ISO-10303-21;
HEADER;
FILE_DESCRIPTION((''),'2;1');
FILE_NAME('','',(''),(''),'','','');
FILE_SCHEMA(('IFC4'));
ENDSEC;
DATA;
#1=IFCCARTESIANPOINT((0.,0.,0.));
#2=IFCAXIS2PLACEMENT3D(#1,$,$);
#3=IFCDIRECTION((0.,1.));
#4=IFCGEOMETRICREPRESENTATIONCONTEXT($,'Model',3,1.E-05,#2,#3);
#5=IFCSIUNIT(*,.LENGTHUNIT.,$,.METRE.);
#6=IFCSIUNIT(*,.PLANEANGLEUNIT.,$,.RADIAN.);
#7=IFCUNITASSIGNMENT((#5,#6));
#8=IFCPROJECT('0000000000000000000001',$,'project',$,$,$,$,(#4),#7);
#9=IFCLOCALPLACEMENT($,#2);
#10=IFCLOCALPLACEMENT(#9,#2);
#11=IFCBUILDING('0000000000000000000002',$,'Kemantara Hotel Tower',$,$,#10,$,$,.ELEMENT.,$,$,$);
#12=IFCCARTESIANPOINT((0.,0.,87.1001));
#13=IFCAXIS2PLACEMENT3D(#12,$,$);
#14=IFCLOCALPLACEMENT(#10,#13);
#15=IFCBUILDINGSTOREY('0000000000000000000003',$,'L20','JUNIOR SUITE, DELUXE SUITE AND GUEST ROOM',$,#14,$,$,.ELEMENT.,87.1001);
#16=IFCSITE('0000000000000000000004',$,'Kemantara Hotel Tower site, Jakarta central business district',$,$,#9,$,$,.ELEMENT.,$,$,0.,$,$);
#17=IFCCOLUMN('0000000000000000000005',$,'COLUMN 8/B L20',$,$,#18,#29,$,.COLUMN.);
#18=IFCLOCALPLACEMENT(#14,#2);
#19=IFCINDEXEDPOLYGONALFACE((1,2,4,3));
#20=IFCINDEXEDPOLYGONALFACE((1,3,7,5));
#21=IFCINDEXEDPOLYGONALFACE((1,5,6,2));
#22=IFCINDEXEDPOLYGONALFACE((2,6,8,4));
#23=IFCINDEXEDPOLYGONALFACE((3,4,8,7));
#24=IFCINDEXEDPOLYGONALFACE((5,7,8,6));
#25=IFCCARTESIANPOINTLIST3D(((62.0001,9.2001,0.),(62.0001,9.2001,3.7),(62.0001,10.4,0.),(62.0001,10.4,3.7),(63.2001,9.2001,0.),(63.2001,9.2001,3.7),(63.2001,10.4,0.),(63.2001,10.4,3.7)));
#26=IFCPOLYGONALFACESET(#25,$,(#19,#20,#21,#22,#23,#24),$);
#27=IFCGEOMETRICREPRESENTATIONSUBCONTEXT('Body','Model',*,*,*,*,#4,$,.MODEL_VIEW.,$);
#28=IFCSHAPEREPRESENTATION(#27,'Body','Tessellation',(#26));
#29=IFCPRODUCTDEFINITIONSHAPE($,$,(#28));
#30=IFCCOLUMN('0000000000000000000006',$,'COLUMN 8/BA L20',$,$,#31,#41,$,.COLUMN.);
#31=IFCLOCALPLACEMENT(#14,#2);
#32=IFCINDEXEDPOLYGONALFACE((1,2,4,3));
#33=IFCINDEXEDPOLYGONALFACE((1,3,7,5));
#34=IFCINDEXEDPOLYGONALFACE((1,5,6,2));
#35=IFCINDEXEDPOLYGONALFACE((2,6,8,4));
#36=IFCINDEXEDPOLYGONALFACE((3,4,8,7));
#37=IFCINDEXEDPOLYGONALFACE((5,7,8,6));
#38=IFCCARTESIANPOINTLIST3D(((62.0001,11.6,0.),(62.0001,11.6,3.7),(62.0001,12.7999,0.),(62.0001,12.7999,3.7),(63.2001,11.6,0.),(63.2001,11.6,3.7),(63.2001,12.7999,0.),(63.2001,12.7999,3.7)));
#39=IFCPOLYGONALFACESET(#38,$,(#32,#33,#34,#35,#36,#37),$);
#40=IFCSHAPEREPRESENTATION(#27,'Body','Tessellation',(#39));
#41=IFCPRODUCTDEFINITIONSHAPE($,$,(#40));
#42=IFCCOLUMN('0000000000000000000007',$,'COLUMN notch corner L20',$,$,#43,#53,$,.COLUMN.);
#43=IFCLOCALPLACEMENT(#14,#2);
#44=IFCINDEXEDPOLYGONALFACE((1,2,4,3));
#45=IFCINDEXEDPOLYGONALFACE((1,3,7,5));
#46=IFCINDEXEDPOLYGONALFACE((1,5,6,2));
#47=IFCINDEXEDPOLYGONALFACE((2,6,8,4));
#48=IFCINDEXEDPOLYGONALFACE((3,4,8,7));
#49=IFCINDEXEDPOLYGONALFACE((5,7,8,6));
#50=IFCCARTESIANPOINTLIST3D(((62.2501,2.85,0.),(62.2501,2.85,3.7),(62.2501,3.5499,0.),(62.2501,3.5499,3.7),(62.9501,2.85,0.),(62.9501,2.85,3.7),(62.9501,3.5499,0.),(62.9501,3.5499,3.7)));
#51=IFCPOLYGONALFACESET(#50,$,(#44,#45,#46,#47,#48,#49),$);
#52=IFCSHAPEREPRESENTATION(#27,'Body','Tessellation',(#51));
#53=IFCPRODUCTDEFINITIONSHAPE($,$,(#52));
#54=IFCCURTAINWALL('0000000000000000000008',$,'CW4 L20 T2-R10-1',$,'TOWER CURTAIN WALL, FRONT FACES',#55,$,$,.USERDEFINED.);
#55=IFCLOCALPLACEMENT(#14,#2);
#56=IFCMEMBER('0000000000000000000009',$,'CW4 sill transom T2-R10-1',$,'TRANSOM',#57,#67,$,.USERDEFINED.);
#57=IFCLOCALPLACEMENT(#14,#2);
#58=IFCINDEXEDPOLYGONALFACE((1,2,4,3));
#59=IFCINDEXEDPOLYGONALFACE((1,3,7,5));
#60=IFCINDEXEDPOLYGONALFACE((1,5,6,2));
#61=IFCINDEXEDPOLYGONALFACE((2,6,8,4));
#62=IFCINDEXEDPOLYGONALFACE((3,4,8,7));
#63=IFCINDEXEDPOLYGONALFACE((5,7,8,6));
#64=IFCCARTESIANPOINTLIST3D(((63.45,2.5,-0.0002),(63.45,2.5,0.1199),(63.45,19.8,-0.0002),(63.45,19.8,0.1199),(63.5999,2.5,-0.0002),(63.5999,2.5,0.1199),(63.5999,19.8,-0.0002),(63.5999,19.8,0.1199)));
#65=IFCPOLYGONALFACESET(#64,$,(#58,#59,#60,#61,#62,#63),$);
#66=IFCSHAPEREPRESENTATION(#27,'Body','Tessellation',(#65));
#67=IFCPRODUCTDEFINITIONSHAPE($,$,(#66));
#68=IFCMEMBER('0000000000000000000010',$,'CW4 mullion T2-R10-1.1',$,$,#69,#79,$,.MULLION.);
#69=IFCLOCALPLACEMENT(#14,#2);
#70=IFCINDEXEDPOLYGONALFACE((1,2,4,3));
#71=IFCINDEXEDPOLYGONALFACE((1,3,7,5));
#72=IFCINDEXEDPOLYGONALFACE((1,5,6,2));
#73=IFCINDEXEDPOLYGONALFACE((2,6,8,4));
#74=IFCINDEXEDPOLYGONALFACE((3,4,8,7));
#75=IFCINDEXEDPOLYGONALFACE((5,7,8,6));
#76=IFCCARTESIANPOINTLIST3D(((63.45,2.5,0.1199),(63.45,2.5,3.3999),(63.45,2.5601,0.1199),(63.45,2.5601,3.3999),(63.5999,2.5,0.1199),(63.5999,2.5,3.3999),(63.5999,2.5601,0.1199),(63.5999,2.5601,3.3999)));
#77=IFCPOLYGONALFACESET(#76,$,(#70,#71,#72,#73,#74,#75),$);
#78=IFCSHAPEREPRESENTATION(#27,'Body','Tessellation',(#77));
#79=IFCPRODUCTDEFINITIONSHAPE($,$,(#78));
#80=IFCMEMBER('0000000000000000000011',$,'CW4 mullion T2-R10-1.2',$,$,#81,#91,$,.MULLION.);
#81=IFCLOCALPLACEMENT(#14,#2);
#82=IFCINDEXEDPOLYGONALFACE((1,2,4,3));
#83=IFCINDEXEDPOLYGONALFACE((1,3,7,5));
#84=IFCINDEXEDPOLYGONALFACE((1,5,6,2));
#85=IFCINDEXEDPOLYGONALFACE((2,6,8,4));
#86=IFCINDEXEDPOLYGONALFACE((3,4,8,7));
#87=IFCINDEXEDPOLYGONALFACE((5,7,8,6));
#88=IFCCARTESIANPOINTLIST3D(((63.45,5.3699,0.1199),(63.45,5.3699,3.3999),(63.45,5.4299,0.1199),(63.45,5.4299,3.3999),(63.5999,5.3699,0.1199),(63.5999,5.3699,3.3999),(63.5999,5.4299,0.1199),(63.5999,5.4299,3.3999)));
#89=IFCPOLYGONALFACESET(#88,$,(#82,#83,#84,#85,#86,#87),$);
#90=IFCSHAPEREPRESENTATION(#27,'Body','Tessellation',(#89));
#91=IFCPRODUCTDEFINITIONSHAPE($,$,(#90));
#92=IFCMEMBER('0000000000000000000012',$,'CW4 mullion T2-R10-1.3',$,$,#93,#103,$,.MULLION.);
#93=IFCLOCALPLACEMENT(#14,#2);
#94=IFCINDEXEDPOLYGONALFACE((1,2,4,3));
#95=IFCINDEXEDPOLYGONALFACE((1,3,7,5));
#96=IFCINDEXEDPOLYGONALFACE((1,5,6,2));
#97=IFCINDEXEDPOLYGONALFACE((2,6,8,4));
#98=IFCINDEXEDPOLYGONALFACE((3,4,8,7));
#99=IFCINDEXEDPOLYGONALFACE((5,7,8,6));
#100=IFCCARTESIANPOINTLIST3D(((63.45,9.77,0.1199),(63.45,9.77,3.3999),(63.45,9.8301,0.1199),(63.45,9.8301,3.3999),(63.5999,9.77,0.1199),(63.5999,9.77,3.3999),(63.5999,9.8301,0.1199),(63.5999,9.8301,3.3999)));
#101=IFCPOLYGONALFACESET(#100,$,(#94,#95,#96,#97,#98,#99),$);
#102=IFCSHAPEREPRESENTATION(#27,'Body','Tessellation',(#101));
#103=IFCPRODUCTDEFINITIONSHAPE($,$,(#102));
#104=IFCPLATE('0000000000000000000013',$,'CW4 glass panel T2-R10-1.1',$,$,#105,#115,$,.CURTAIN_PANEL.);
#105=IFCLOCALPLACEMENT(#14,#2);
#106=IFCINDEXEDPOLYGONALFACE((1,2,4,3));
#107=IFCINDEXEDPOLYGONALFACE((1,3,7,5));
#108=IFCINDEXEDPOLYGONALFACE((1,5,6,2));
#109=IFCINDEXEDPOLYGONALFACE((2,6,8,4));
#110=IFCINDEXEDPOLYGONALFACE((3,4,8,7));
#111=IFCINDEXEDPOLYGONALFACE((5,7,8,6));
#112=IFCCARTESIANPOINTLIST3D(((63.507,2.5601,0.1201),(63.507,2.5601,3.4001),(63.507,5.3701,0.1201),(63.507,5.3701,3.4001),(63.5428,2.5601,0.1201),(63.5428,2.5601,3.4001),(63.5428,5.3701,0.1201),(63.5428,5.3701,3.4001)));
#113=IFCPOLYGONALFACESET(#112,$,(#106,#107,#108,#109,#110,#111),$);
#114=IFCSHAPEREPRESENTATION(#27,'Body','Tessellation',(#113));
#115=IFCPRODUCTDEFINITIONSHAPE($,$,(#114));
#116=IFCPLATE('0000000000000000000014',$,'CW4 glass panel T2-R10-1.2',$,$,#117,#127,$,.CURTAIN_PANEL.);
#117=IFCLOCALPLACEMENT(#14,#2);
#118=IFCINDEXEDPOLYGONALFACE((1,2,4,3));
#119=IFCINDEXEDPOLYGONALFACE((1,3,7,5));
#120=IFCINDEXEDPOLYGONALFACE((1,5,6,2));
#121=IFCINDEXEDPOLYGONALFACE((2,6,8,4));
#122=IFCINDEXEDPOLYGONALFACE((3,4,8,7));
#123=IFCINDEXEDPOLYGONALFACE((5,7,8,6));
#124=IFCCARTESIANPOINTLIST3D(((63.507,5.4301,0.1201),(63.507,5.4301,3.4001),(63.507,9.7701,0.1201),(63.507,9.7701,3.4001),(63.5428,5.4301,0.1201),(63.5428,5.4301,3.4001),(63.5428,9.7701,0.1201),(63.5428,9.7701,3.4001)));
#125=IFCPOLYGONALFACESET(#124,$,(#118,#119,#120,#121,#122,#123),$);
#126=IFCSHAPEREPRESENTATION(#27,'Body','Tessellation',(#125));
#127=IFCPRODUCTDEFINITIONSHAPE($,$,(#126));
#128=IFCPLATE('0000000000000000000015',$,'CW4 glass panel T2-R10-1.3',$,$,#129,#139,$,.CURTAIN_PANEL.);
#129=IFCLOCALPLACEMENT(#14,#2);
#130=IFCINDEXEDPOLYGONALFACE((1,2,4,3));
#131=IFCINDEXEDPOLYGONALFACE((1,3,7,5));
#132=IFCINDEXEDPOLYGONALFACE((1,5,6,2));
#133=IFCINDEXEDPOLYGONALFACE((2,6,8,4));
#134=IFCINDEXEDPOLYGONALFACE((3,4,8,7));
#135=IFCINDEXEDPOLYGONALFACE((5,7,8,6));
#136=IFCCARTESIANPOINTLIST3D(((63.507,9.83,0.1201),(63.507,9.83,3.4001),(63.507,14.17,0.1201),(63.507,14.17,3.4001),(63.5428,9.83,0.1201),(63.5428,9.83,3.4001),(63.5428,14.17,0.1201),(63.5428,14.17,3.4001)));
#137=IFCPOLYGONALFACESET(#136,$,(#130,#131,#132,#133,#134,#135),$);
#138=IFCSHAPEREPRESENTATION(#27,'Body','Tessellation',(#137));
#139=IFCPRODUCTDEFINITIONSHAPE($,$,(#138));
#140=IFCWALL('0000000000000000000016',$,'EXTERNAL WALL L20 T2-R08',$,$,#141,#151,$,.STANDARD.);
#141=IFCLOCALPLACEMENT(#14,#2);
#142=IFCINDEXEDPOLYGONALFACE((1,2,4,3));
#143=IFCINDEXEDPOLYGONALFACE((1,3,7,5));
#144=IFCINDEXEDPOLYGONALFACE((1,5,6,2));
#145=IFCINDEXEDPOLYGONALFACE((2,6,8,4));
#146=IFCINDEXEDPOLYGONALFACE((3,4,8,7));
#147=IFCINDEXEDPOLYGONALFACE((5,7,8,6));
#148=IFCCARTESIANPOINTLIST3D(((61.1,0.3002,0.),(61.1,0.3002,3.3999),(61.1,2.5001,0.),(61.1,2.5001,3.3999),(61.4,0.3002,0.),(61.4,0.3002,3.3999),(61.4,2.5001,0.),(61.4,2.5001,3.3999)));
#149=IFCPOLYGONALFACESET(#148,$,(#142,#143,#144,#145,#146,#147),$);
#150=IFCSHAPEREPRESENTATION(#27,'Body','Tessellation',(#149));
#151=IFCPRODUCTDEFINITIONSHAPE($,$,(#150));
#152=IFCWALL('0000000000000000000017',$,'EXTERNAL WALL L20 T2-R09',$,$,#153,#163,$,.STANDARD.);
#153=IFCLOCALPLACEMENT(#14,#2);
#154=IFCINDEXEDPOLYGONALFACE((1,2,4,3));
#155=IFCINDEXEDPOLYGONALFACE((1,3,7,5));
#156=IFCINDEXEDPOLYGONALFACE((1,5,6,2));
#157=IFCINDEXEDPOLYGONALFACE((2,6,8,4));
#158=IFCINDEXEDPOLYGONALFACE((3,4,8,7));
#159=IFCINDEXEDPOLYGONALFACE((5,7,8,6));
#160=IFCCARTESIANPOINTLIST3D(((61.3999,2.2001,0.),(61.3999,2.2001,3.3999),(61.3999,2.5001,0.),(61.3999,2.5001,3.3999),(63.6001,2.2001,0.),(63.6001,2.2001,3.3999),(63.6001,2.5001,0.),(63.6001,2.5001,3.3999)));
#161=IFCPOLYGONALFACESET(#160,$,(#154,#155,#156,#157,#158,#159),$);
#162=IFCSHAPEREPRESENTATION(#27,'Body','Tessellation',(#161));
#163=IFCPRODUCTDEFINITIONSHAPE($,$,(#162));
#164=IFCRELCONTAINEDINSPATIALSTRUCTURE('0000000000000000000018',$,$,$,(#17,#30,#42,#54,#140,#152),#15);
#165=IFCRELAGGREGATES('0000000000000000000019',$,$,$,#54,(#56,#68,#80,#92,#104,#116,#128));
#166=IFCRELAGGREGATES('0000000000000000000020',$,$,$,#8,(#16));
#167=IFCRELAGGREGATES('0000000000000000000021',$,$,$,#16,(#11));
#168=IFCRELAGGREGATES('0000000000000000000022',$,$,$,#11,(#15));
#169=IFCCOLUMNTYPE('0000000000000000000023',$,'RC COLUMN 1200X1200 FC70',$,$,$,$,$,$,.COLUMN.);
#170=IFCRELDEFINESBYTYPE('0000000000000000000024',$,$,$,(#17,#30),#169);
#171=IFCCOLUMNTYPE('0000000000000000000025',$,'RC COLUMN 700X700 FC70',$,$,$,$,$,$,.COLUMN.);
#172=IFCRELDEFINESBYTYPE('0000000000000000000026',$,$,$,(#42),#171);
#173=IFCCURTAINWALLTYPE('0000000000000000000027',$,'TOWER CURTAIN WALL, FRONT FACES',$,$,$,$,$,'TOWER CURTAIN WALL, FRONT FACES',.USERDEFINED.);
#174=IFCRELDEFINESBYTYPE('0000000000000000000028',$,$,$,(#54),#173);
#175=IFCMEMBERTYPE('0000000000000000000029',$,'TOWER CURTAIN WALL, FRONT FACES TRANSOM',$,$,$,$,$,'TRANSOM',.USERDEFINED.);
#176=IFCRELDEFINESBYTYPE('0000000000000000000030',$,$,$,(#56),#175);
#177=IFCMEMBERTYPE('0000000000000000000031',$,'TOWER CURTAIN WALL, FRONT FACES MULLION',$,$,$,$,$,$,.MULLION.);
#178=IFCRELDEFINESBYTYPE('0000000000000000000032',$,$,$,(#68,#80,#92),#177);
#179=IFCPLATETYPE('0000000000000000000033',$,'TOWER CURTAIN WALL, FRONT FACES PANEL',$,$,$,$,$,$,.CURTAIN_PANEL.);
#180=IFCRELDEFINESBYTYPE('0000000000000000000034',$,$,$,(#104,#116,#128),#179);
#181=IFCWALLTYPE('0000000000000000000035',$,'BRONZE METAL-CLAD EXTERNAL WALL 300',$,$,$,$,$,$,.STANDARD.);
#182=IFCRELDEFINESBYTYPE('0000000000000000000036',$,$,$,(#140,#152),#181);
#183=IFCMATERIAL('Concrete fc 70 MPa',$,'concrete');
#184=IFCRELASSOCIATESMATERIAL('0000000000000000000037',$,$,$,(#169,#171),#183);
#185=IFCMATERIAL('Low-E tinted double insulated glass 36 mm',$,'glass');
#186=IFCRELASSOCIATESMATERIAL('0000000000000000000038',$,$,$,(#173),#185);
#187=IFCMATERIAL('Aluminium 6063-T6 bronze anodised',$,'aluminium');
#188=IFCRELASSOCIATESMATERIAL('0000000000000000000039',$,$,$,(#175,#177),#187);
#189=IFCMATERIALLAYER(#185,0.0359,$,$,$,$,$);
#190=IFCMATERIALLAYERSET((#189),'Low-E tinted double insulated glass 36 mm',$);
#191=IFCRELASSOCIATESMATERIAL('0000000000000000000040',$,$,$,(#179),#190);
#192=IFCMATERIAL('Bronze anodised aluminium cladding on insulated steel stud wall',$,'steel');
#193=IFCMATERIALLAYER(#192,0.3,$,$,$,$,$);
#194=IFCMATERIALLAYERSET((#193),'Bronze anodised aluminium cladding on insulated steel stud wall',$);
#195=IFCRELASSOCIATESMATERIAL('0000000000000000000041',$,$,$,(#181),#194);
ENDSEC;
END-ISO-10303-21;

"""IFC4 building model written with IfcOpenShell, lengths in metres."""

from ifc_helpers import new_model, si_unit, direction, frame, frame_2d, origin, origin_2d, place, context, subcontext, project, spatial, rectangle, extrude, source, transform, mapped, material, layer, layer_set, material_profile, profile_set, type_object, element, aggregate, save


model = new_model("IFC4")

# Units and contexts
model_context = context("Model", 3, precision=1e-05, world=origin(), true_north=direction((0.0, 1.0)))
body_context = subcontext(model_context, "Body", "Model", "MODEL_VIEW")
ifc_project = project(units=[si_unit("LENGTHUNIT", "METRE"), si_unit("PLANEANGLEUNIT", "RADIAN")], contexts=[model_context])

# Site, building, storey
site_placement = place(None, origin())
site = spatial("IfcSite", under=ifc_project, at=site_placement, Name="Kemantara Hotel Tower site, Jakarta central business district", CompositionType="ELEMENT", RefElevation=0.0)
building_placement = place(site_placement, origin())
building = spatial("IfcBuilding", under=site, at=building_placement, Name="Kemantara Hotel Tower", CompositionType="ELEMENT")
storey_placement = place(building_placement, frame((0.0, 0.0, 87.1001)))
storey = spatial("IfcBuildingStorey", under=building, at=storey_placement, Name="L20", Description="JUNIOR SUITE, DELUXE SUITE AND GUEST ROOM", CompositionType="ELEMENT", Elevation=87.1001)

# Columns
ifc_material_1 = material(Name="Concrete fc 70 MPa", Category="concrete")
ifc_material_profile_1 = material_profile(ifc_material_1, rectangle(XDim=1.2, YDim=1.2, at=origin_2d()), Name="RC 1200X1200")
ifc_profile_set_1 = profile_set([ifc_material_profile_1], Name="Concrete fc 70 MPa")
column_type_1 = type_object("IfcColumnType", Name="RC COLUMN 1200X1200 FC70", PredefinedType="COLUMN", material=ifc_profile_set_1)
for number, where, z_axis, x_axis, name in (
    (1, (62.6001, 9.8, 0.0), (0.0, 0.0, 1.0), (1.0, 0.0, 0.0), "COLUMN 8/B L20"),
    (2, (62.6001, 12.2, 0.0), (0.0, 0.0, 1.0), (1.0, 0.0, 0.0), "COLUMN 8/BA L20"),
):
    element("IfcColumn", number, at=place(storey_placement, frame(where, z_axis=z_axis, x_axis=x_axis)), inside=storey, type_object=column_type_1, Name=name, PredefinedType="COLUMN", context=body_context, shape_type="SweptSolid", body=[
        extrude(rectangle(XDim=1.2, YDim=1.2, at=origin_2d()), origin(), (0.0, 0.0, 1.0), 3.7),
    ])
ifc_material_profile_2 = material_profile(ifc_material_1, rectangle(XDim=0.7, YDim=0.7, at=origin_2d()), Name="RC 700X700")
ifc_profile_set_2 = profile_set([ifc_material_profile_2], Name="Concrete fc 70 MPa")
column_type_2 = type_object("IfcColumnType", Name="RC COLUMN 700X700 FC70", PredefinedType="COLUMN", material=ifc_profile_set_2)
column_placement = place(storey_placement, frame((62.6001, 3.2, 0.0), z_axis=(0.0, 0.0, 1.0), x_axis=(1.0, 0.0, 0.0)))
element("IfcColumn", 3, at=column_placement, inside=storey, type_object=column_type_2, Name="COLUMN notch corner L20", PredefinedType="COLUMN", context=body_context, shape_type="SweptSolid", body=[
    extrude(rectangle(XDim=0.7, YDim=0.7, at=origin_2d()), origin(), (0.0, 0.0, 1.0), 3.7),
])

# Curtain wall, members, plates
ifc_material_2 = material(Name="Low-E tinted double insulated glass 36 mm", Category="glass")
curtain_wall_type = type_object("IfcCurtainWallType", Name="TOWER CURTAIN WALL, FRONT FACES", ElementType="TOWER CURTAIN WALL, FRONT FACES", PredefinedType="USERDEFINED", material=ifc_material_2)
curtain_wall_placement = place(storey_placement, origin())
curtain_wall = element("IfcCurtainWall", 4, at=curtain_wall_placement, inside=storey, type_object=curtain_wall_type, Name="CW4 L20 T2-R10-1", ObjectType="TOWER CURTAIN WALL, FRONT FACES", PredefinedType="USERDEFINED")
ifc_material_3 = material(Name="Aluminium 6063-T6 bronze anodised", Category="aluminium")
ifc_material_profile_3 = material_profile(ifc_material_3, rectangle(XDim=0.1499, YDim=0.1201, at=origin_2d()), Name="TOWER CURTAIN WALL, FRONT FACES TRANSOM")
ifc_profile_set_3 = profile_set([ifc_material_profile_3], Name="Aluminium 6063-T6 bronze anodised")
member_type_1 = type_object("IfcMemberType", Name="TOWER CURTAIN WALL, FRONT FACES TRANSOM", ElementType="TRANSOM", PredefinedType="USERDEFINED", material=ifc_profile_set_3)
member_1_placement = place(storey_placement, frame((63.5249, 2.5, 0.0598), z_axis=(0.0, 1.0, 0.0), x_axis=(-1.0, 0.0, 0.0)))
member_1 = element("IfcMember", 5, at=member_1_placement, type_object=member_type_1, Name="CW4 sill transom T2-R10-1", ObjectType="TRANSOM", PredefinedType="USERDEFINED", context=body_context, shape_type="SweptSolid", body=[
    extrude(rectangle(XDim=0.1499, YDim=0.1201, at=origin_2d()), origin(), (0.0, 0.0, 1.0), 17.3),
])
ifc_material_profile_4 = material_profile(ifc_material_3, rectangle(XDim=0.1499, YDim=0.0601, at=origin_2d()), Name="TOWER CURTAIN WALL, FRONT FACES MULLION")
ifc_profile_set_4 = profile_set([ifc_material_profile_4], Name="Aluminium 6063-T6 bronze anodised")
member_type_2 = type_object("IfcMemberType", Name="TOWER CURTAIN WALL, FRONT FACES MULLION", PredefinedType="MULLION", material=ifc_profile_set_4)
shared_shape_1 = source(origin(), body_context, "Body", "SweptSolid", [
    extrude(rectangle(XDim=0.1499, YDim=0.0601, at=origin_2d()), origin(), (0.0, 0.0, 1.0), 3.28),
])
member_2_placement = place(storey_placement, frame((63.5249, 2.53, 0.1199), z_axis=(0.0, 0.0, 1.0), x_axis=(-1.0, 0.0, 0.0)))
member_2 = element("IfcMember", 6, at=member_2_placement, type_object=member_type_2, Name="CW4 mullion T2-R10-1.1", PredefinedType="MULLION", context=body_context, shape_type="MappedRepresentation", body=[
    mapped(shared_shape_1, transform((0.0, 0.0, 0.0))),
])
member_3_placement = place(storey_placement, frame((63.5249, 5.3999, 0.1199), z_axis=(0.0, 0.0, 1.0), x_axis=(-1.0, 0.0, 0.0)))
member_3 = element("IfcMember", 7, at=member_3_placement, type_object=member_type_2, Name="CW4 mullion T2-R10-1.2", PredefinedType="MULLION", context=body_context, shape_type="MappedRepresentation", body=[
    mapped(shared_shape_1, transform((0.0, 0.0, 0.0))),
])
member_4_placement = place(storey_placement, frame((63.5249, 9.8, 0.1199), z_axis=(0.0, 0.0, 1.0), x_axis=(-1.0, 0.0, 0.0)))
member_4 = element("IfcMember", 8, at=member_4_placement, type_object=member_type_2, Name="CW4 mullion T2-R10-1.3", PredefinedType="MULLION", context=body_context, shape_type="MappedRepresentation", body=[
    mapped(shared_shape_1, transform((0.0, 0.0, 0.0))),
])
ifc_layer_1 = layer(ifc_material_2, 0.0359)
ifc_layer_set_1 = layer_set([ifc_layer_1], Name="Low-E tinted double insulated glass 36 mm")
plate_type = type_object("IfcPlateType", Name="TOWER CURTAIN WALL, FRONT FACES PANEL", PredefinedType="CURTAIN_PANEL", material=ifc_layer_set_1)
shared_shape_2 = source(origin(), body_context, "Body", "SweptSolid", [
    extrude(rectangle(XDim=2.8101, YDim=0.0359, at=origin_2d()), origin(), (0.0, 0.0, 1.0), 3.28),
])
plate_1_placement = place(storey_placement, frame((63.5249, 3.9651, 0.1201), z_axis=(0.0, 0.0, 1.0), x_axis=(0.0, 1.0, 0.0)))
plate_1 = element("IfcPlate", 9, at=plate_1_placement, type_object=plate_type, Name="CW4 glass panel T2-R10-1.1", PredefinedType="CURTAIN_PANEL", context=body_context, shape_type="MappedRepresentation", body=[
    mapped(shared_shape_2, transform((0.0, 0.0, 0.0))),
])
shared_shape_3 = source(origin(), body_context, "Body", "SweptSolid", [
    extrude(rectangle(XDim=4.3401, YDim=0.0359, at=origin_2d()), origin(), (0.0, 0.0, 1.0), 3.28),
])
plate_2_placement = place(storey_placement, frame((63.5249, 7.6001, 0.1201), z_axis=(0.0, 0.0, 1.0), x_axis=(0.0, 1.0, 0.0)))
plate_2 = element("IfcPlate", 10, at=plate_2_placement, type_object=plate_type, Name="CW4 glass panel T2-R10-1.2", PredefinedType="CURTAIN_PANEL", context=body_context, shape_type="MappedRepresentation", body=[
    mapped(shared_shape_3, transform((0.0, 0.0, 0.0))),
])
plate_3_placement = place(storey_placement, frame((63.5249, 12.0, 0.1201), z_axis=(0.0, 0.0, 1.0), x_axis=(0.0, 1.0, 0.0)))
plate_3 = element("IfcPlate", 11, at=plate_3_placement, type_object=plate_type, Name="CW4 glass panel T2-R10-1.3", PredefinedType="CURTAIN_PANEL", context=body_context, shape_type="MappedRepresentation", body=[
    mapped(shared_shape_3, transform((0.0, 0.0, 0.0))),
])
aggregate(curtain_wall, [member_1, member_2, member_3, member_4, plate_1, plate_2, plate_3])

# Walls
ifc_material_4 = material(Name="Bronze anodised aluminium cladding on insulated steel stud wall", Category="steel")
ifc_layer_2 = layer(ifc_material_4, 0.3)
ifc_layer_set_2 = layer_set([ifc_layer_2], Name="Bronze anodised aluminium cladding on insulated steel stud wall")
wall_type_1 = type_object("IfcWallType", Name="BRONZE METAL-CLAD EXTERNAL WALL 300", PredefinedType="STANDARD", material=ifc_layer_set_2)
wall_1_placement = place(storey_placement, frame((61.25, 0.3, 0.0), z_axis=(0.0, 0.0, 1.0), x_axis=(0.0, 1.0, 0.0)))
element("IfcWall", 12, at=wall_1_placement, inside=storey, type_object=wall_type_1, Name="EXTERNAL WALL L20 T2-R08", PredefinedType="STANDARD", context=body_context, shape_type="SweptSolid", body=[
    extrude(rectangle(XDim=2.2, YDim=0.3, at=frame_2d((1.1001, 0.0))), origin(), (0.0, 0.0, 1.0), 3.3999),
])
wall_2_placement = place(storey_placement, frame((61.3999, 2.3501, 0.0), z_axis=(0.0, 0.0, 1.0), x_axis=(1.0, 0.0, 0.0)))
element("IfcWall", 13, at=wall_2_placement, inside=storey, type_object=wall_type_1, Name="EXTERNAL WALL L20 T2-R09", PredefinedType="STANDARD", context=body_context, shape_type="SweptSolid", body=[
    extrude(rectangle(XDim=2.2002, YDim=0.3, at=frame_2d((1.1001, 0.0))), origin(), (0.0, 0.0, 1.0), 3.3999),
])

save(model, "model.ifc")
